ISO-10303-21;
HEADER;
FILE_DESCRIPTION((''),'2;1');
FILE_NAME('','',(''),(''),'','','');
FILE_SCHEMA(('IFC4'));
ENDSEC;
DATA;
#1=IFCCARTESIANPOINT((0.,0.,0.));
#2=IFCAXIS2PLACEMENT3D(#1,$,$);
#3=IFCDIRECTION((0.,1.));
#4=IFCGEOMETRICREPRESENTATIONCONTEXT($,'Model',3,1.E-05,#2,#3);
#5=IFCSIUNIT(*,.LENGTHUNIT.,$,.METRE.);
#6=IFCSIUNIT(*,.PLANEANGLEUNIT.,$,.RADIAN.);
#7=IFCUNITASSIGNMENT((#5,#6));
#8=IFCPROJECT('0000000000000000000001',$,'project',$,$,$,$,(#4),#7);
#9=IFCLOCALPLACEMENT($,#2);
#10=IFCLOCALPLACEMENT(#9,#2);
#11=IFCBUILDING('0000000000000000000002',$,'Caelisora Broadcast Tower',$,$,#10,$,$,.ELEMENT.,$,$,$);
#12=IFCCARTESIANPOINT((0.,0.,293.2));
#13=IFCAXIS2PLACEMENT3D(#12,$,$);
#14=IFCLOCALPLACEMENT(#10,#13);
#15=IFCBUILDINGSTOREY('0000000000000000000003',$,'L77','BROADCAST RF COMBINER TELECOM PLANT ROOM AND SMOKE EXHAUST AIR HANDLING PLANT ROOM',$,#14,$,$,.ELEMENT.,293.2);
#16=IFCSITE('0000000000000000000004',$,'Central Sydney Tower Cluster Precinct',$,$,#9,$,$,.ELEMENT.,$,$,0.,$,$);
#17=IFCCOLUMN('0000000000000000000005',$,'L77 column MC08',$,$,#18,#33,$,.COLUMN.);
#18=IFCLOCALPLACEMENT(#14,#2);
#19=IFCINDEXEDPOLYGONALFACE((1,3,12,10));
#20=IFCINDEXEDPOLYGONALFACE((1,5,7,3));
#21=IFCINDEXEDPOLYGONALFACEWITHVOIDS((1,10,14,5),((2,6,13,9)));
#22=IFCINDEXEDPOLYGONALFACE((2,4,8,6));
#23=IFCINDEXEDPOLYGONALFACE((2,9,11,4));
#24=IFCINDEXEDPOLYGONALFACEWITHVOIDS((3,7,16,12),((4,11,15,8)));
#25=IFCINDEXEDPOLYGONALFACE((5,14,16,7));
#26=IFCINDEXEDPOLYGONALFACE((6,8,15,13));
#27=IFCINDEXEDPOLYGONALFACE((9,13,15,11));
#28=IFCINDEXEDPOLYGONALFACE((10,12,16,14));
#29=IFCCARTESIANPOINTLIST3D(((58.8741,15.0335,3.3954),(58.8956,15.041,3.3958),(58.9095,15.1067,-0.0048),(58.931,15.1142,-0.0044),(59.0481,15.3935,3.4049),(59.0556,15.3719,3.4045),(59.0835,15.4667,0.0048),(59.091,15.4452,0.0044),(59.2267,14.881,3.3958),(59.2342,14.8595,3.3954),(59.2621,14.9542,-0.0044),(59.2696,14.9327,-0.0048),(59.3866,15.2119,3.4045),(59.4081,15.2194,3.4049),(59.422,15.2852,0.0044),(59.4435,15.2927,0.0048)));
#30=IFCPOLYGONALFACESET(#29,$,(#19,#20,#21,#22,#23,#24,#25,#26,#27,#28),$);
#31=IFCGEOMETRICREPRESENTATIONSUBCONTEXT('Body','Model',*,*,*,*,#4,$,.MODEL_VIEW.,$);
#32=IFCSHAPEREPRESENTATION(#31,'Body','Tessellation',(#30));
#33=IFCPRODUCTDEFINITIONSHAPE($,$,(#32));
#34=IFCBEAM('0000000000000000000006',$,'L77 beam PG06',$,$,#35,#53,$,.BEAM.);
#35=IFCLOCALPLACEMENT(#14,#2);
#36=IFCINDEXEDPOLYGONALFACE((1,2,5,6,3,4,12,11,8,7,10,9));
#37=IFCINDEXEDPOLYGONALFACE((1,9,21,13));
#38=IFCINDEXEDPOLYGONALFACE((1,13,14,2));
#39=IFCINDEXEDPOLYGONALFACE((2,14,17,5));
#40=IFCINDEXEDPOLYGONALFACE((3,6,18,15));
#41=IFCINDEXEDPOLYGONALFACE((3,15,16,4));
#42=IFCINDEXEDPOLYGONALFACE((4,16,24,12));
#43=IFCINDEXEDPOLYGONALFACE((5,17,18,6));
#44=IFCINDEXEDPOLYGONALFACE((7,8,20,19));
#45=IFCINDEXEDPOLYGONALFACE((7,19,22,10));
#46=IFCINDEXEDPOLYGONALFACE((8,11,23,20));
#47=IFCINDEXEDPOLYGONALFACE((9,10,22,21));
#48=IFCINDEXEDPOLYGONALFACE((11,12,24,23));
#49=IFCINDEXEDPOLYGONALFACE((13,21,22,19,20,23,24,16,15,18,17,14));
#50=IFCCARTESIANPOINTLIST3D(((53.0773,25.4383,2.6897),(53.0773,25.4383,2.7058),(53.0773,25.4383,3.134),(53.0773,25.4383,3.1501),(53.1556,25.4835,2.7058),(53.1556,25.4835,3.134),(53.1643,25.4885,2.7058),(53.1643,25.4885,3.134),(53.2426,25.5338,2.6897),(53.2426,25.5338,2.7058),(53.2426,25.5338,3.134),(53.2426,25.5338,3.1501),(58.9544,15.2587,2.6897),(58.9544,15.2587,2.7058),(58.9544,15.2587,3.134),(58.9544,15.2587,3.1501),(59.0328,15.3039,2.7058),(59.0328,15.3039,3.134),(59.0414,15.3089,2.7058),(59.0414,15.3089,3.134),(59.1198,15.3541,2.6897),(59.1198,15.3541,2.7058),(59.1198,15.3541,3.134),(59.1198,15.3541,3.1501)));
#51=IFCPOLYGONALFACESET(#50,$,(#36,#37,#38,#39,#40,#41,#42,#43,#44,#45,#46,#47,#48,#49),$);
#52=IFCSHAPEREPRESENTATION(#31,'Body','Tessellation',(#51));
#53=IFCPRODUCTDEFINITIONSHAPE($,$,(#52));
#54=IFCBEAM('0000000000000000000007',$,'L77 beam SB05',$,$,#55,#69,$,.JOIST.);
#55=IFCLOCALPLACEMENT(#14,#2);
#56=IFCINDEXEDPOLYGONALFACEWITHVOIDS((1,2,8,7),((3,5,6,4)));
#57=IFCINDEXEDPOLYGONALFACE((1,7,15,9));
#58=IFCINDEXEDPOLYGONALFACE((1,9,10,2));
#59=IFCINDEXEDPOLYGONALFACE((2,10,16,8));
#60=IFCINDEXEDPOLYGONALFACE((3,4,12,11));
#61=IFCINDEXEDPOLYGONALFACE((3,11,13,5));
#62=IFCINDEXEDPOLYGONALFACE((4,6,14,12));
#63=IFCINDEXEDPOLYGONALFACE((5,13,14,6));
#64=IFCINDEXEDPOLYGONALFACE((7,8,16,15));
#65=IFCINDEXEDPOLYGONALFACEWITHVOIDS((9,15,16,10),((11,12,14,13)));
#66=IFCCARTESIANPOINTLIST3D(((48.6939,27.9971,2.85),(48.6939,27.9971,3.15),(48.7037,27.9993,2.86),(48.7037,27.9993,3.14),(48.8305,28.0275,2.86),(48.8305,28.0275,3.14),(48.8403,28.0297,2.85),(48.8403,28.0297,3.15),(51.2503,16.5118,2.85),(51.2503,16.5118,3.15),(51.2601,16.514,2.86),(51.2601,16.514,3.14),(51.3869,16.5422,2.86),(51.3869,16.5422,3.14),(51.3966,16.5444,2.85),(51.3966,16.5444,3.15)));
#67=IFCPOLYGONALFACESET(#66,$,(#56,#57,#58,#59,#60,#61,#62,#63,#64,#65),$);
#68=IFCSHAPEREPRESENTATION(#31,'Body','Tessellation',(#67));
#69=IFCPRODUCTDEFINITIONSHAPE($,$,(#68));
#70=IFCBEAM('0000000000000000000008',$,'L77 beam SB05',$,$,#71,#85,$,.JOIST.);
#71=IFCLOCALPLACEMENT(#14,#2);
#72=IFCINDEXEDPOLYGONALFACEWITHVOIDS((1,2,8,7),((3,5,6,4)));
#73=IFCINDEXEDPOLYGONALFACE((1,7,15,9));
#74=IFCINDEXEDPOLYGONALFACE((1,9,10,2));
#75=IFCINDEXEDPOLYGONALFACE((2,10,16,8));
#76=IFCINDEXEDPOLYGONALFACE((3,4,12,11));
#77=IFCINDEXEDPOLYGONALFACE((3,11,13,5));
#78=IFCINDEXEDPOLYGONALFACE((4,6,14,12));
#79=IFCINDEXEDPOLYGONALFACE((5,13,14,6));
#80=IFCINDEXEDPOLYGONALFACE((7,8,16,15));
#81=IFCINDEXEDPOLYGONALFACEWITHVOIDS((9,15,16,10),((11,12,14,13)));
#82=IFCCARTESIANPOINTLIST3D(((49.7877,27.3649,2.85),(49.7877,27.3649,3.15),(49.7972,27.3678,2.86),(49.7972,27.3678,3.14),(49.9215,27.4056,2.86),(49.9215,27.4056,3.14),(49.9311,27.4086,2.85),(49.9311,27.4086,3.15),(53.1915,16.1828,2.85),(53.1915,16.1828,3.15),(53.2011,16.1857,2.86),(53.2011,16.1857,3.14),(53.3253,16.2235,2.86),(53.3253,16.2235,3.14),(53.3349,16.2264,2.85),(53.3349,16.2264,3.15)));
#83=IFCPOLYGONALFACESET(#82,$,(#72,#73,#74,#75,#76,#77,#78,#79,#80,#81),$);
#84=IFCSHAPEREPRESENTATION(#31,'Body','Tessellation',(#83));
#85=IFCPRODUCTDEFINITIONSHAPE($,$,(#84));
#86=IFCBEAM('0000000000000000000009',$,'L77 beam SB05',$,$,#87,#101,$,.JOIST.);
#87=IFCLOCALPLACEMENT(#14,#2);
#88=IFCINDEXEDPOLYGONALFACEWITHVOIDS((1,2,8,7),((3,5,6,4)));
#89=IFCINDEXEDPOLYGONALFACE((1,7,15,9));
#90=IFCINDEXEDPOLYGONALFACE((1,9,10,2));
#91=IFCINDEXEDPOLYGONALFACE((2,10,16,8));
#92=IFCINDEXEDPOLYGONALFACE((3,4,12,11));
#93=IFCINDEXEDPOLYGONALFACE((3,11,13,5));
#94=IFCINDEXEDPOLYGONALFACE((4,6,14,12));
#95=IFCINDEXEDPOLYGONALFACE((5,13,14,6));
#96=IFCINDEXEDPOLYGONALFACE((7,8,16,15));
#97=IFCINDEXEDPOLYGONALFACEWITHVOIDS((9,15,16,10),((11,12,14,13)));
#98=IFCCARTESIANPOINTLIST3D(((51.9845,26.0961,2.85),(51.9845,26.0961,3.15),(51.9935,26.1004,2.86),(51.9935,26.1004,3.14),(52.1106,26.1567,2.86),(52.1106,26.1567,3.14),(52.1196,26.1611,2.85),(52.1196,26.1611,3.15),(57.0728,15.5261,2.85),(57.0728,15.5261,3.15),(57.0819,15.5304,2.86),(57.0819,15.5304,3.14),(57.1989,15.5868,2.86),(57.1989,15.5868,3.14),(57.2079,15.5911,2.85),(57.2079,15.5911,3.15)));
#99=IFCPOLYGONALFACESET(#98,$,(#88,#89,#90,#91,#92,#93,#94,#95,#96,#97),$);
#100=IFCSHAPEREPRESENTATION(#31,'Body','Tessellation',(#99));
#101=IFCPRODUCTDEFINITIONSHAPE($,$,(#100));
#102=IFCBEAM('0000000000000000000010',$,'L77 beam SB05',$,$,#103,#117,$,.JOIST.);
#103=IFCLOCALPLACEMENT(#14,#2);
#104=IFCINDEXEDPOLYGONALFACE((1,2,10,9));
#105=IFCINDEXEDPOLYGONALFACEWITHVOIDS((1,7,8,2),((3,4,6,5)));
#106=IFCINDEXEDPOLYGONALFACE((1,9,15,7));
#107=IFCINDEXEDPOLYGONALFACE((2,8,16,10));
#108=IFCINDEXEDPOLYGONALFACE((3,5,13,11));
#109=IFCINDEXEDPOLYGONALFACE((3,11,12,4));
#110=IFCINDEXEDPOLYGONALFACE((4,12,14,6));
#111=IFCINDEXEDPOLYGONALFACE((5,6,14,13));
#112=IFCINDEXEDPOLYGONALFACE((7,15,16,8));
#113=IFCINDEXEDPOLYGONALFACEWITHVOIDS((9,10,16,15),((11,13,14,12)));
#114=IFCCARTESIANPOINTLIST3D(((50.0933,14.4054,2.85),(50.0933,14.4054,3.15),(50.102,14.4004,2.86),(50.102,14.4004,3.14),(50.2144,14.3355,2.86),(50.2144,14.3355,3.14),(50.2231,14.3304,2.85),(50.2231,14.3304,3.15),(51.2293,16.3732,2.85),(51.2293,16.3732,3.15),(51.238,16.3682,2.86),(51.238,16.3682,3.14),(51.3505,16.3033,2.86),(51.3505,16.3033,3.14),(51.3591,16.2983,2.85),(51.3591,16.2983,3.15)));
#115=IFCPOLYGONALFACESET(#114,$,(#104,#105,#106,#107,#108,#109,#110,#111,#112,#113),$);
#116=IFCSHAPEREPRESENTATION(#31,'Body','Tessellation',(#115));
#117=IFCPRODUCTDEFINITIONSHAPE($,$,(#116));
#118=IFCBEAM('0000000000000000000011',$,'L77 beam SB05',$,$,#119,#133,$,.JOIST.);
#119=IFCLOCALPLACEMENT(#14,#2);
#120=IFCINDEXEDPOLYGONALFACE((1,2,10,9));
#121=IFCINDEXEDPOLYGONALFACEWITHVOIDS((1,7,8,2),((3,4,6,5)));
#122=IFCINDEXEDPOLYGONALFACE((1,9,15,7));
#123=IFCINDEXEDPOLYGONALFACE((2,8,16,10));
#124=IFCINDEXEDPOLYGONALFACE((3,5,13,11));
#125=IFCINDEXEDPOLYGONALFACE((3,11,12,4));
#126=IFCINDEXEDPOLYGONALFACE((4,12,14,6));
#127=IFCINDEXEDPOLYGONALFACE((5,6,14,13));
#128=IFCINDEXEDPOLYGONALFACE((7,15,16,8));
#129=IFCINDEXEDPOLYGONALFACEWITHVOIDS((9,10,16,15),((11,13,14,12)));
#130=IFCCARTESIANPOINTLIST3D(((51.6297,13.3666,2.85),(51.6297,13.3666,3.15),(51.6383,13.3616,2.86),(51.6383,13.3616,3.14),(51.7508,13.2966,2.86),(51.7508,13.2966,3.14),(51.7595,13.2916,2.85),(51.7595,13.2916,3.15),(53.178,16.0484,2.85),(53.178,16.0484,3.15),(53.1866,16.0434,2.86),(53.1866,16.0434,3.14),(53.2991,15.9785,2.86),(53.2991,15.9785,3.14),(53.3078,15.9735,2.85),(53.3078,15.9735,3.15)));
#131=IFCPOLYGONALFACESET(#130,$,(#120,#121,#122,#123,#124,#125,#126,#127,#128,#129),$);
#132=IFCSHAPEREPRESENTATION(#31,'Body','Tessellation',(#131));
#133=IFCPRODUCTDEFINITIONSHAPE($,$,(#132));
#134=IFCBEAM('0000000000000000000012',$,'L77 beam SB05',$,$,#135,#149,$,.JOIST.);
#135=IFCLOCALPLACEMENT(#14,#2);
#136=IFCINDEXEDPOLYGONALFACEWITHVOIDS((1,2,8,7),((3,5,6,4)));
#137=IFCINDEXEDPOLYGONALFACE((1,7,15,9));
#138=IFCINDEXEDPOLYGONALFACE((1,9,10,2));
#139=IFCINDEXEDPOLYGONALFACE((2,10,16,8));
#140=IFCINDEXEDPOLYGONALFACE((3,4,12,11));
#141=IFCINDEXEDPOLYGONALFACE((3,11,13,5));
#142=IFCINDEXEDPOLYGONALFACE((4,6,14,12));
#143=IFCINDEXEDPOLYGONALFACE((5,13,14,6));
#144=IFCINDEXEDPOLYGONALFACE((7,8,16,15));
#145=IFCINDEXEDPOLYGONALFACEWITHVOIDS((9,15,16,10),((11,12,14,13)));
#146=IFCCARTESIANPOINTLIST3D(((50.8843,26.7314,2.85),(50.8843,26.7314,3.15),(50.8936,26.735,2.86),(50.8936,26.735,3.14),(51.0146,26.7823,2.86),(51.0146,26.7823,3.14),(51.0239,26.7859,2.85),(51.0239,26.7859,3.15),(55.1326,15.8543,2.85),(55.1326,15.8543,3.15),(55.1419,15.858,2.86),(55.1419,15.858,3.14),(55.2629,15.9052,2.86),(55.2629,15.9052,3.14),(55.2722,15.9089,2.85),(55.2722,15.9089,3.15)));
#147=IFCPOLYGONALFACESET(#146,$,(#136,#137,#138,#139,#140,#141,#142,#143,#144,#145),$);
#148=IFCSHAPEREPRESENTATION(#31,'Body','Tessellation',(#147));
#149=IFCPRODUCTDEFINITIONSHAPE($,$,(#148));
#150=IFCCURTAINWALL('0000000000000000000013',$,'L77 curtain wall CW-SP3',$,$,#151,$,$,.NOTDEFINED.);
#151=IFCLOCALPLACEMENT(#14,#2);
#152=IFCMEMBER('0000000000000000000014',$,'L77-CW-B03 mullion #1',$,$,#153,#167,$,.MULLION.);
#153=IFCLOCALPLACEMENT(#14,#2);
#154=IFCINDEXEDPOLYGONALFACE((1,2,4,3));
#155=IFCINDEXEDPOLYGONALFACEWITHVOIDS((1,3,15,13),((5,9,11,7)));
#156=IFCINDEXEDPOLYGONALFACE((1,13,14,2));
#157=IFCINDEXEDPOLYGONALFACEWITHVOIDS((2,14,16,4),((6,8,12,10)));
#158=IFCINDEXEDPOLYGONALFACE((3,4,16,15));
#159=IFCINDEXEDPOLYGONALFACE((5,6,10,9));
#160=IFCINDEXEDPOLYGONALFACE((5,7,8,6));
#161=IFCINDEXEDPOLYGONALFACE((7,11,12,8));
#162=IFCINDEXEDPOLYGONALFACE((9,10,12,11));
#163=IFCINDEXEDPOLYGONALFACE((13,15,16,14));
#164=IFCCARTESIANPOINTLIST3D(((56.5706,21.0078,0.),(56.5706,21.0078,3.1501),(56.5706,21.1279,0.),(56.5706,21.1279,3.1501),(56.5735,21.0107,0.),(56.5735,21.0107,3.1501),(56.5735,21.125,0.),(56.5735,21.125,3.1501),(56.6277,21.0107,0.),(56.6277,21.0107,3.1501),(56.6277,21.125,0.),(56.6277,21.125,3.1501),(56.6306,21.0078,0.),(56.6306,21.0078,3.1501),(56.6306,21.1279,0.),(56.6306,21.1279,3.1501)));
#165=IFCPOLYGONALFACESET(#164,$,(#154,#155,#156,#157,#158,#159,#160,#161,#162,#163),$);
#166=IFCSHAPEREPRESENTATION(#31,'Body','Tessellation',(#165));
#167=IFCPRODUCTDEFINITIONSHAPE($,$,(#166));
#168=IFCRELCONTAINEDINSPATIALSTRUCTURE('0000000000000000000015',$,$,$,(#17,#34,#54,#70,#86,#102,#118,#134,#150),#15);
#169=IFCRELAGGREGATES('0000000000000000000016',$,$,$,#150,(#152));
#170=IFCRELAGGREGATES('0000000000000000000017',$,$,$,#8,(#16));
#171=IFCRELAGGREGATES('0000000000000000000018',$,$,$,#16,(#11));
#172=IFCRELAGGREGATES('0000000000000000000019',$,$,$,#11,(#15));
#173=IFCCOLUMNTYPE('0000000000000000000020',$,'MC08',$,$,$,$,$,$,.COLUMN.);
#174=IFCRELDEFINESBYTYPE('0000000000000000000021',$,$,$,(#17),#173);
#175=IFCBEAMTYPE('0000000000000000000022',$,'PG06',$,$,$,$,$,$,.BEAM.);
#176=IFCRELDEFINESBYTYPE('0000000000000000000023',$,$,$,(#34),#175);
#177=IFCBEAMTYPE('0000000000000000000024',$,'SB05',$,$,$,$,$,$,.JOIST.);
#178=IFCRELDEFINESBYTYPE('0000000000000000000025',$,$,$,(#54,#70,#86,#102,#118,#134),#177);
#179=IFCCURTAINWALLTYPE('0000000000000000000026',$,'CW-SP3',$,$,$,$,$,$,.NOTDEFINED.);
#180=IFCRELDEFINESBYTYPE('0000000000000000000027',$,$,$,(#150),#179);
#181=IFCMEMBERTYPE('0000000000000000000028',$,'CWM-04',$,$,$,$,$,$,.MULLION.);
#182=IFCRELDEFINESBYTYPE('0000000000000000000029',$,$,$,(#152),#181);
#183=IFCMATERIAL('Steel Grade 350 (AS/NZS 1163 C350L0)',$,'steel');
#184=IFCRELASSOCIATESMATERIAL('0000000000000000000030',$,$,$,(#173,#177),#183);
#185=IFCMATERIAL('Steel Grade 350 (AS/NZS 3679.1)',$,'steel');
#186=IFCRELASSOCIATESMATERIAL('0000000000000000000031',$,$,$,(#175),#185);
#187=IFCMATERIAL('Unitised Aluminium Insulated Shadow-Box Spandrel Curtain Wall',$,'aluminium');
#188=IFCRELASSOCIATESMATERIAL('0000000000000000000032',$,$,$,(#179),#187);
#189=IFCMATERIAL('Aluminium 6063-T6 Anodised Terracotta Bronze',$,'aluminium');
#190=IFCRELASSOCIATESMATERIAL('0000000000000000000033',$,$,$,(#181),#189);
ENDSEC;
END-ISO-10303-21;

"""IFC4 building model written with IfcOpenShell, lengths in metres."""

from ifc_helpers import new_model, si_unit, direction, frame, origin, origin_2d, place, context, subcontext, project, spatial, hollow_rectangle, i_section, extrude, source, transform, mapped, material, material_profile, profile_set, type_object, type_shapes, element, aggregate, save


model = new_model("IFC4")

# Units and contexts
model_context = context("Model", 3, precision=1e-05, world=origin(), true_north=direction((0.0, 1.0)))
body_context = subcontext(model_context, "Body", "Model", "MODEL_VIEW")
ifc_project = project(units=[si_unit("LENGTHUNIT", "METRE"), si_unit("PLANEANGLEUNIT", "RADIAN")], contexts=[model_context])

# Site, building, storey
site_placement = place(None, origin())
site = spatial("IfcSite", under=ifc_project, at=site_placement, Name="Central Sydney Tower Cluster Precinct", CompositionType="ELEMENT", RefElevation=0.0)
building_placement = place(site_placement, origin())
building = spatial("IfcBuilding", under=site, at=building_placement, Name="Caelisora Broadcast Tower", CompositionType="ELEMENT")
storey_placement = place(building_placement, frame((0.0, 0.0, 293.2)))
storey = spatial("IfcBuildingStorey", under=building, at=storey_placement, Name="L77", Description="BROADCAST RF COMBINER TELECOM PLANT ROOM AND SMOKE EXHAUST AIR HANDLING PLANT ROOM", CompositionType="ELEMENT", Elevation=293.2)

# Column
ifc_material_1 = material(Name="Steel Grade 350 (AS/NZS 1163 C350L0)", Category="steel")
ifc_material_profile_1 = material_profile(ifc_material_1, hollow_rectangle(XDim=0.3999, YDim=0.3999, WallThickness=0.0161, at=origin_2d()), Name="Steel Grade 350 (AS/NZS 1163 C350L0)")
ifc_profile_set_1 = profile_set([ifc_material_profile_1], Name="Steel Grade 350 (AS/NZS 1163 C350L0)")
column_type = type_object("IfcColumnType", Name="MC08", PredefinedType="COLUMN", material=ifc_profile_set_1)
shared_shape_1 = source(origin(), body_context, "Body", "SweptSolid", [
    extrude(hollow_rectangle(XDim=0.3999, YDim=0.3999, WallThickness=0.0161, at=origin_2d()), origin(), (0.0, 0.0, 1.0), 3.4011),
])
type_shapes(column_type, [shared_shape_1])
column_placement = place(storey_placement, frame((59.1765, 15.1997, 0.0), z_axis=(-0.010408, -0.021535, 0.999714), x_axis=(0.900349, -0.435169, 0.0)))
element("IfcColumn", 1, at=column_placement, inside=storey, type_object=column_type, Name="L77 column MC08", PredefinedType="COLUMN", context=body_context, shape_type="MappedRepresentation", body=[
    mapped(shared_shape_1, transform((0.0, 0.0, 0.0), scale=1.0)),
])

# Beams
ifc_material_2 = material(Name="Steel Grade 350 (AS/NZS 3679.1)", Category="steel")
ifc_material_profile_2 = material_profile(ifc_material_2, i_section(OverallWidth=0.1909, OverallDepth=0.4604, WebThickness=0.01, FlangeThickness=0.0161, at=origin_2d()), Name="Steel Grade 350 (AS/NZS 3679.1)")
ifc_profile_set_2 = profile_set([ifc_material_profile_2], Name="Steel Grade 350 (AS/NZS 3679.1)")
beam_type_1 = type_object("IfcBeamType", Name="PG06", PredefinedType="BEAM", material=ifc_profile_set_2)
shared_shape_2 = source(origin(), body_context, "Body", "SweptSolid", [
    extrude(i_section(OverallWidth=0.1909, OverallDepth=0.4604, WebThickness=0.01, FlangeThickness=0.0161, at=origin_2d()), origin(), (0.0, 0.0, 1.0), 11.7544),
])
type_shapes(beam_type_1, [shared_shape_2])
beam_1_placement = place(storey_placement, frame((59.0371, 15.3064, 2.9199), z_axis=(-0.499997, 0.866027, 0.0), x_axis=(-0.866027, -0.499997, 0.0)))
element("IfcBeam", 2, at=beam_1_placement, inside=storey, type_object=beam_type_1, Name="L77 beam PG06", PredefinedType="BEAM", context=body_context, shape_type="MappedRepresentation", body=[
    mapped(shared_shape_2, transform((0.0, 0.0, 0.0), scale=1.0)),
])
ifc_material_profile_3 = material_profile(ifc_material_1, hollow_rectangle(XDim=0.1499, YDim=0.3, WallThickness=0.01, at=origin_2d()), Name="Steel Grade 350 (AS/NZS 1163 C350L0)")
ifc_profile_set_3 = profile_set([ifc_material_profile_3], Name="Steel Grade 350 (AS/NZS 1163 C350L0)")
beam_type_2 = type_object("IfcBeamType", Name="SB05", PredefinedType="JOIST", material=ifc_profile_set_3)
shared_shape_3 = source(origin(), body_context, "Body", "SweptSolid", [
    extrude(hollow_rectangle(XDim=0.1499, YDim=0.3, WallThickness=0.01, at=origin_2d()), origin(), (0.0, 0.0, 1.0), 11.7664),
])
beam_2_placement = place(storey_placement, frame((51.3235, 16.5281, 3.0), z_axis=(-0.217262, 0.976113, 0.0), x_axis=(-0.976113, -0.217262, 0.0)))
element("IfcBeam", 3, at=beam_2_placement, inside=storey, type_object=beam_type_2, Name="L77 beam SB05", PredefinedType="JOIST", context=body_context, shape_type="MappedRepresentation", body=[
    mapped(shared_shape_3, transform((0.0, 0.0, 0.0), scale=1.0)),
])
shared_shape_4 = source(origin(), body_context, "Body", "SweptSolid", [
    extrude(hollow_rectangle(XDim=0.1499, YDim=0.3, WallThickness=0.01, at=origin_2d()), origin(), (0.0, 0.0, 1.0), 11.6887),
])
beam_3_placement = place(storey_placement, frame((53.2632, 16.2046, 3.0), z_axis=(-0.291205, 0.956661, 0.0), x_axis=(-0.956661, -0.291205, 0.0)))
element("IfcBeam", 4, at=beam_3_placement, inside=storey, type_object=beam_type_2, Name="L77 beam SB05", PredefinedType="JOIST", context=body_context, shape_type="MappedRepresentation", body=[
    mapped(shared_shape_4, transform((0.0, 0.0, 0.0), scale=1.0)),
])
shared_shape_5 = source(origin(), body_context, "Body", "SweptSolid", [
    extrude(hollow_rectangle(XDim=0.1499, YDim=0.3, WallThickness=0.01, at=origin_2d()), origin(), (0.0, 0.0, 1.0), 11.731),
])
beam_4_placement = place(storey_placement, frame((57.1404, 15.5586, 3.0), z_axis=(-0.433752, 0.901032, 0.0), x_axis=(-0.901032, -0.433752, 0.0)))
element("IfcBeam", 5, at=beam_4_placement, inside=storey, type_object=beam_type_2, Name="L77 beam SB05", PredefinedType="JOIST", context=body_context, shape_type="MappedRepresentation", body=[
    mapped(shared_shape_5, transform((0.0, 0.0, 0.0), scale=1.0)),
])
shared_shape_6 = source(origin(), body_context, "Body", "SweptSolid", [
    extrude(hollow_rectangle(XDim=0.1499, YDim=0.3, WallThickness=0.01, at=origin_2d()), origin(), (0.0, 0.0, 1.0), 2.2722),
])
beam_5_placement = place(storey_placement, frame((50.1582, 14.3679, 3.0), z_axis=(0.499964, 0.866046, 0.0), x_axis=(-0.866046, 0.499964, 0.0)))
element("IfcBeam", 6, at=beam_5_placement, inside=storey, type_object=beam_type_2, Name="L77 beam SB05", PredefinedType="JOIST", context=body_context, shape_type="MappedRepresentation", body=[
    mapped(shared_shape_6, transform((0.0, 0.0, 0.0), scale=1.0)),
])
shared_shape_7 = source(origin(), body_context, "Body", "SweptSolid", [
    extrude(hollow_rectangle(XDim=0.1499, YDim=0.3, WallThickness=0.01, at=origin_2d()), origin(), (0.0, 0.0, 1.0), 3.0967),
])
beam_6_placement = place(storey_placement, frame((51.6946, 13.3291, 3.0), z_axis=(0.499989, 0.866032, 0.0), x_axis=(-0.866032, 0.499989, 0.0)))
element("IfcBeam", 7, at=beam_6_placement, inside=storey, type_object=beam_type_2, Name="L77 beam SB05", PredefinedType="JOIST", context=body_context, shape_type="MappedRepresentation", body=[
    mapped(shared_shape_7, transform((0.0, 0.0, 0.0), scale=1.0)),
])
shared_shape_8 = source(origin(), body_context, "Body", "SweptSolid", [
    extrude(hollow_rectangle(XDim=0.1499, YDim=0.3, WallThickness=0.01, at=origin_2d()), origin(), (0.0, 0.0, 1.0), 11.6772),
])
type_shapes(beam_type_2, [shared_shape_3, shared_shape_4, shared_shape_5, shared_shape_6, shared_shape_7, shared_shape_8])
beam_7_placement = place(storey_placement, frame((55.2024, 15.8816, 3.0), z_axis=(-0.363812, 0.931472, 0.0), x_axis=(-0.931472, -0.363812, 0.0)))
element("IfcBeam", 8, at=beam_7_placement, inside=storey, type_object=beam_type_2, Name="L77 beam SB05", PredefinedType="JOIST", context=body_context, shape_type="MappedRepresentation", body=[
    mapped(shared_shape_8, transform((0.0, 0.0, 0.0), scale=1.0)),
])

# Curtain wall, member
ifc_material_3 = material(Name="Unitised Aluminium Insulated Shadow-Box Spandrel Curtain Wall", Category="aluminium")
curtain_wall_type = type_object("IfcCurtainWallType", Name="CW-SP3", PredefinedType="NOTDEFINED", material=ifc_material_3)
curtain_wall_placement = place(storey_placement, origin())
curtain_wall = element("IfcCurtainWall", 9, at=curtain_wall_placement, inside=storey, type_object=curtain_wall_type, Name="L77 curtain wall CW-SP3", PredefinedType="NOTDEFINED")
ifc_material_4 = material(Name="Aluminium 6063-T6 Anodised Terracotta Bronze", Category="aluminium")
ifc_material_profile_4 = material_profile(ifc_material_4, hollow_rectangle(XDim=0.0601, YDim=0.1201, WallThickness=0.0029, at=origin_2d()), Name="Aluminium 6063-T6 Anodised Terracotta Bronze")
ifc_profile_set_4 = profile_set([ifc_material_profile_4], Name="Aluminium 6063-T6 Anodised Terracotta Bronze")
member_type = type_object("IfcMemberType", Name="CWM-04", PredefinedType="MULLION", material=ifc_profile_set_4)
shared_shape_9 = source(origin(), body_context, "Body", "SweptSolid", [
    extrude(hollow_rectangle(XDim=0.0601, YDim=0.1201, WallThickness=0.0029, at=origin_2d()), origin(), (0.0, 0.0, 1.0), 3.1501),
])
type_shapes(member_type, [shared_shape_9])
member_1_placement = place(storey_placement, frame((56.6006, 21.0679, 0.0), z_axis=(0.0, 0.0, 1.0), x_axis=(1.0, 0.0, 0.0)))
member_1 = element("IfcMember", 10, at=member_1_placement, type_object=member_type, Name="L77-CW-B03 mullion #1", PredefinedType="MULLION", context=body_context, shape_type="MappedRepresentation", body=[
    mapped(shared_shape_9, transform((0.0, 0.0, 0.0), scale=1.0)),
])

aggregate(curtain_wall, [member_1])

save(model, "model.ifc")
